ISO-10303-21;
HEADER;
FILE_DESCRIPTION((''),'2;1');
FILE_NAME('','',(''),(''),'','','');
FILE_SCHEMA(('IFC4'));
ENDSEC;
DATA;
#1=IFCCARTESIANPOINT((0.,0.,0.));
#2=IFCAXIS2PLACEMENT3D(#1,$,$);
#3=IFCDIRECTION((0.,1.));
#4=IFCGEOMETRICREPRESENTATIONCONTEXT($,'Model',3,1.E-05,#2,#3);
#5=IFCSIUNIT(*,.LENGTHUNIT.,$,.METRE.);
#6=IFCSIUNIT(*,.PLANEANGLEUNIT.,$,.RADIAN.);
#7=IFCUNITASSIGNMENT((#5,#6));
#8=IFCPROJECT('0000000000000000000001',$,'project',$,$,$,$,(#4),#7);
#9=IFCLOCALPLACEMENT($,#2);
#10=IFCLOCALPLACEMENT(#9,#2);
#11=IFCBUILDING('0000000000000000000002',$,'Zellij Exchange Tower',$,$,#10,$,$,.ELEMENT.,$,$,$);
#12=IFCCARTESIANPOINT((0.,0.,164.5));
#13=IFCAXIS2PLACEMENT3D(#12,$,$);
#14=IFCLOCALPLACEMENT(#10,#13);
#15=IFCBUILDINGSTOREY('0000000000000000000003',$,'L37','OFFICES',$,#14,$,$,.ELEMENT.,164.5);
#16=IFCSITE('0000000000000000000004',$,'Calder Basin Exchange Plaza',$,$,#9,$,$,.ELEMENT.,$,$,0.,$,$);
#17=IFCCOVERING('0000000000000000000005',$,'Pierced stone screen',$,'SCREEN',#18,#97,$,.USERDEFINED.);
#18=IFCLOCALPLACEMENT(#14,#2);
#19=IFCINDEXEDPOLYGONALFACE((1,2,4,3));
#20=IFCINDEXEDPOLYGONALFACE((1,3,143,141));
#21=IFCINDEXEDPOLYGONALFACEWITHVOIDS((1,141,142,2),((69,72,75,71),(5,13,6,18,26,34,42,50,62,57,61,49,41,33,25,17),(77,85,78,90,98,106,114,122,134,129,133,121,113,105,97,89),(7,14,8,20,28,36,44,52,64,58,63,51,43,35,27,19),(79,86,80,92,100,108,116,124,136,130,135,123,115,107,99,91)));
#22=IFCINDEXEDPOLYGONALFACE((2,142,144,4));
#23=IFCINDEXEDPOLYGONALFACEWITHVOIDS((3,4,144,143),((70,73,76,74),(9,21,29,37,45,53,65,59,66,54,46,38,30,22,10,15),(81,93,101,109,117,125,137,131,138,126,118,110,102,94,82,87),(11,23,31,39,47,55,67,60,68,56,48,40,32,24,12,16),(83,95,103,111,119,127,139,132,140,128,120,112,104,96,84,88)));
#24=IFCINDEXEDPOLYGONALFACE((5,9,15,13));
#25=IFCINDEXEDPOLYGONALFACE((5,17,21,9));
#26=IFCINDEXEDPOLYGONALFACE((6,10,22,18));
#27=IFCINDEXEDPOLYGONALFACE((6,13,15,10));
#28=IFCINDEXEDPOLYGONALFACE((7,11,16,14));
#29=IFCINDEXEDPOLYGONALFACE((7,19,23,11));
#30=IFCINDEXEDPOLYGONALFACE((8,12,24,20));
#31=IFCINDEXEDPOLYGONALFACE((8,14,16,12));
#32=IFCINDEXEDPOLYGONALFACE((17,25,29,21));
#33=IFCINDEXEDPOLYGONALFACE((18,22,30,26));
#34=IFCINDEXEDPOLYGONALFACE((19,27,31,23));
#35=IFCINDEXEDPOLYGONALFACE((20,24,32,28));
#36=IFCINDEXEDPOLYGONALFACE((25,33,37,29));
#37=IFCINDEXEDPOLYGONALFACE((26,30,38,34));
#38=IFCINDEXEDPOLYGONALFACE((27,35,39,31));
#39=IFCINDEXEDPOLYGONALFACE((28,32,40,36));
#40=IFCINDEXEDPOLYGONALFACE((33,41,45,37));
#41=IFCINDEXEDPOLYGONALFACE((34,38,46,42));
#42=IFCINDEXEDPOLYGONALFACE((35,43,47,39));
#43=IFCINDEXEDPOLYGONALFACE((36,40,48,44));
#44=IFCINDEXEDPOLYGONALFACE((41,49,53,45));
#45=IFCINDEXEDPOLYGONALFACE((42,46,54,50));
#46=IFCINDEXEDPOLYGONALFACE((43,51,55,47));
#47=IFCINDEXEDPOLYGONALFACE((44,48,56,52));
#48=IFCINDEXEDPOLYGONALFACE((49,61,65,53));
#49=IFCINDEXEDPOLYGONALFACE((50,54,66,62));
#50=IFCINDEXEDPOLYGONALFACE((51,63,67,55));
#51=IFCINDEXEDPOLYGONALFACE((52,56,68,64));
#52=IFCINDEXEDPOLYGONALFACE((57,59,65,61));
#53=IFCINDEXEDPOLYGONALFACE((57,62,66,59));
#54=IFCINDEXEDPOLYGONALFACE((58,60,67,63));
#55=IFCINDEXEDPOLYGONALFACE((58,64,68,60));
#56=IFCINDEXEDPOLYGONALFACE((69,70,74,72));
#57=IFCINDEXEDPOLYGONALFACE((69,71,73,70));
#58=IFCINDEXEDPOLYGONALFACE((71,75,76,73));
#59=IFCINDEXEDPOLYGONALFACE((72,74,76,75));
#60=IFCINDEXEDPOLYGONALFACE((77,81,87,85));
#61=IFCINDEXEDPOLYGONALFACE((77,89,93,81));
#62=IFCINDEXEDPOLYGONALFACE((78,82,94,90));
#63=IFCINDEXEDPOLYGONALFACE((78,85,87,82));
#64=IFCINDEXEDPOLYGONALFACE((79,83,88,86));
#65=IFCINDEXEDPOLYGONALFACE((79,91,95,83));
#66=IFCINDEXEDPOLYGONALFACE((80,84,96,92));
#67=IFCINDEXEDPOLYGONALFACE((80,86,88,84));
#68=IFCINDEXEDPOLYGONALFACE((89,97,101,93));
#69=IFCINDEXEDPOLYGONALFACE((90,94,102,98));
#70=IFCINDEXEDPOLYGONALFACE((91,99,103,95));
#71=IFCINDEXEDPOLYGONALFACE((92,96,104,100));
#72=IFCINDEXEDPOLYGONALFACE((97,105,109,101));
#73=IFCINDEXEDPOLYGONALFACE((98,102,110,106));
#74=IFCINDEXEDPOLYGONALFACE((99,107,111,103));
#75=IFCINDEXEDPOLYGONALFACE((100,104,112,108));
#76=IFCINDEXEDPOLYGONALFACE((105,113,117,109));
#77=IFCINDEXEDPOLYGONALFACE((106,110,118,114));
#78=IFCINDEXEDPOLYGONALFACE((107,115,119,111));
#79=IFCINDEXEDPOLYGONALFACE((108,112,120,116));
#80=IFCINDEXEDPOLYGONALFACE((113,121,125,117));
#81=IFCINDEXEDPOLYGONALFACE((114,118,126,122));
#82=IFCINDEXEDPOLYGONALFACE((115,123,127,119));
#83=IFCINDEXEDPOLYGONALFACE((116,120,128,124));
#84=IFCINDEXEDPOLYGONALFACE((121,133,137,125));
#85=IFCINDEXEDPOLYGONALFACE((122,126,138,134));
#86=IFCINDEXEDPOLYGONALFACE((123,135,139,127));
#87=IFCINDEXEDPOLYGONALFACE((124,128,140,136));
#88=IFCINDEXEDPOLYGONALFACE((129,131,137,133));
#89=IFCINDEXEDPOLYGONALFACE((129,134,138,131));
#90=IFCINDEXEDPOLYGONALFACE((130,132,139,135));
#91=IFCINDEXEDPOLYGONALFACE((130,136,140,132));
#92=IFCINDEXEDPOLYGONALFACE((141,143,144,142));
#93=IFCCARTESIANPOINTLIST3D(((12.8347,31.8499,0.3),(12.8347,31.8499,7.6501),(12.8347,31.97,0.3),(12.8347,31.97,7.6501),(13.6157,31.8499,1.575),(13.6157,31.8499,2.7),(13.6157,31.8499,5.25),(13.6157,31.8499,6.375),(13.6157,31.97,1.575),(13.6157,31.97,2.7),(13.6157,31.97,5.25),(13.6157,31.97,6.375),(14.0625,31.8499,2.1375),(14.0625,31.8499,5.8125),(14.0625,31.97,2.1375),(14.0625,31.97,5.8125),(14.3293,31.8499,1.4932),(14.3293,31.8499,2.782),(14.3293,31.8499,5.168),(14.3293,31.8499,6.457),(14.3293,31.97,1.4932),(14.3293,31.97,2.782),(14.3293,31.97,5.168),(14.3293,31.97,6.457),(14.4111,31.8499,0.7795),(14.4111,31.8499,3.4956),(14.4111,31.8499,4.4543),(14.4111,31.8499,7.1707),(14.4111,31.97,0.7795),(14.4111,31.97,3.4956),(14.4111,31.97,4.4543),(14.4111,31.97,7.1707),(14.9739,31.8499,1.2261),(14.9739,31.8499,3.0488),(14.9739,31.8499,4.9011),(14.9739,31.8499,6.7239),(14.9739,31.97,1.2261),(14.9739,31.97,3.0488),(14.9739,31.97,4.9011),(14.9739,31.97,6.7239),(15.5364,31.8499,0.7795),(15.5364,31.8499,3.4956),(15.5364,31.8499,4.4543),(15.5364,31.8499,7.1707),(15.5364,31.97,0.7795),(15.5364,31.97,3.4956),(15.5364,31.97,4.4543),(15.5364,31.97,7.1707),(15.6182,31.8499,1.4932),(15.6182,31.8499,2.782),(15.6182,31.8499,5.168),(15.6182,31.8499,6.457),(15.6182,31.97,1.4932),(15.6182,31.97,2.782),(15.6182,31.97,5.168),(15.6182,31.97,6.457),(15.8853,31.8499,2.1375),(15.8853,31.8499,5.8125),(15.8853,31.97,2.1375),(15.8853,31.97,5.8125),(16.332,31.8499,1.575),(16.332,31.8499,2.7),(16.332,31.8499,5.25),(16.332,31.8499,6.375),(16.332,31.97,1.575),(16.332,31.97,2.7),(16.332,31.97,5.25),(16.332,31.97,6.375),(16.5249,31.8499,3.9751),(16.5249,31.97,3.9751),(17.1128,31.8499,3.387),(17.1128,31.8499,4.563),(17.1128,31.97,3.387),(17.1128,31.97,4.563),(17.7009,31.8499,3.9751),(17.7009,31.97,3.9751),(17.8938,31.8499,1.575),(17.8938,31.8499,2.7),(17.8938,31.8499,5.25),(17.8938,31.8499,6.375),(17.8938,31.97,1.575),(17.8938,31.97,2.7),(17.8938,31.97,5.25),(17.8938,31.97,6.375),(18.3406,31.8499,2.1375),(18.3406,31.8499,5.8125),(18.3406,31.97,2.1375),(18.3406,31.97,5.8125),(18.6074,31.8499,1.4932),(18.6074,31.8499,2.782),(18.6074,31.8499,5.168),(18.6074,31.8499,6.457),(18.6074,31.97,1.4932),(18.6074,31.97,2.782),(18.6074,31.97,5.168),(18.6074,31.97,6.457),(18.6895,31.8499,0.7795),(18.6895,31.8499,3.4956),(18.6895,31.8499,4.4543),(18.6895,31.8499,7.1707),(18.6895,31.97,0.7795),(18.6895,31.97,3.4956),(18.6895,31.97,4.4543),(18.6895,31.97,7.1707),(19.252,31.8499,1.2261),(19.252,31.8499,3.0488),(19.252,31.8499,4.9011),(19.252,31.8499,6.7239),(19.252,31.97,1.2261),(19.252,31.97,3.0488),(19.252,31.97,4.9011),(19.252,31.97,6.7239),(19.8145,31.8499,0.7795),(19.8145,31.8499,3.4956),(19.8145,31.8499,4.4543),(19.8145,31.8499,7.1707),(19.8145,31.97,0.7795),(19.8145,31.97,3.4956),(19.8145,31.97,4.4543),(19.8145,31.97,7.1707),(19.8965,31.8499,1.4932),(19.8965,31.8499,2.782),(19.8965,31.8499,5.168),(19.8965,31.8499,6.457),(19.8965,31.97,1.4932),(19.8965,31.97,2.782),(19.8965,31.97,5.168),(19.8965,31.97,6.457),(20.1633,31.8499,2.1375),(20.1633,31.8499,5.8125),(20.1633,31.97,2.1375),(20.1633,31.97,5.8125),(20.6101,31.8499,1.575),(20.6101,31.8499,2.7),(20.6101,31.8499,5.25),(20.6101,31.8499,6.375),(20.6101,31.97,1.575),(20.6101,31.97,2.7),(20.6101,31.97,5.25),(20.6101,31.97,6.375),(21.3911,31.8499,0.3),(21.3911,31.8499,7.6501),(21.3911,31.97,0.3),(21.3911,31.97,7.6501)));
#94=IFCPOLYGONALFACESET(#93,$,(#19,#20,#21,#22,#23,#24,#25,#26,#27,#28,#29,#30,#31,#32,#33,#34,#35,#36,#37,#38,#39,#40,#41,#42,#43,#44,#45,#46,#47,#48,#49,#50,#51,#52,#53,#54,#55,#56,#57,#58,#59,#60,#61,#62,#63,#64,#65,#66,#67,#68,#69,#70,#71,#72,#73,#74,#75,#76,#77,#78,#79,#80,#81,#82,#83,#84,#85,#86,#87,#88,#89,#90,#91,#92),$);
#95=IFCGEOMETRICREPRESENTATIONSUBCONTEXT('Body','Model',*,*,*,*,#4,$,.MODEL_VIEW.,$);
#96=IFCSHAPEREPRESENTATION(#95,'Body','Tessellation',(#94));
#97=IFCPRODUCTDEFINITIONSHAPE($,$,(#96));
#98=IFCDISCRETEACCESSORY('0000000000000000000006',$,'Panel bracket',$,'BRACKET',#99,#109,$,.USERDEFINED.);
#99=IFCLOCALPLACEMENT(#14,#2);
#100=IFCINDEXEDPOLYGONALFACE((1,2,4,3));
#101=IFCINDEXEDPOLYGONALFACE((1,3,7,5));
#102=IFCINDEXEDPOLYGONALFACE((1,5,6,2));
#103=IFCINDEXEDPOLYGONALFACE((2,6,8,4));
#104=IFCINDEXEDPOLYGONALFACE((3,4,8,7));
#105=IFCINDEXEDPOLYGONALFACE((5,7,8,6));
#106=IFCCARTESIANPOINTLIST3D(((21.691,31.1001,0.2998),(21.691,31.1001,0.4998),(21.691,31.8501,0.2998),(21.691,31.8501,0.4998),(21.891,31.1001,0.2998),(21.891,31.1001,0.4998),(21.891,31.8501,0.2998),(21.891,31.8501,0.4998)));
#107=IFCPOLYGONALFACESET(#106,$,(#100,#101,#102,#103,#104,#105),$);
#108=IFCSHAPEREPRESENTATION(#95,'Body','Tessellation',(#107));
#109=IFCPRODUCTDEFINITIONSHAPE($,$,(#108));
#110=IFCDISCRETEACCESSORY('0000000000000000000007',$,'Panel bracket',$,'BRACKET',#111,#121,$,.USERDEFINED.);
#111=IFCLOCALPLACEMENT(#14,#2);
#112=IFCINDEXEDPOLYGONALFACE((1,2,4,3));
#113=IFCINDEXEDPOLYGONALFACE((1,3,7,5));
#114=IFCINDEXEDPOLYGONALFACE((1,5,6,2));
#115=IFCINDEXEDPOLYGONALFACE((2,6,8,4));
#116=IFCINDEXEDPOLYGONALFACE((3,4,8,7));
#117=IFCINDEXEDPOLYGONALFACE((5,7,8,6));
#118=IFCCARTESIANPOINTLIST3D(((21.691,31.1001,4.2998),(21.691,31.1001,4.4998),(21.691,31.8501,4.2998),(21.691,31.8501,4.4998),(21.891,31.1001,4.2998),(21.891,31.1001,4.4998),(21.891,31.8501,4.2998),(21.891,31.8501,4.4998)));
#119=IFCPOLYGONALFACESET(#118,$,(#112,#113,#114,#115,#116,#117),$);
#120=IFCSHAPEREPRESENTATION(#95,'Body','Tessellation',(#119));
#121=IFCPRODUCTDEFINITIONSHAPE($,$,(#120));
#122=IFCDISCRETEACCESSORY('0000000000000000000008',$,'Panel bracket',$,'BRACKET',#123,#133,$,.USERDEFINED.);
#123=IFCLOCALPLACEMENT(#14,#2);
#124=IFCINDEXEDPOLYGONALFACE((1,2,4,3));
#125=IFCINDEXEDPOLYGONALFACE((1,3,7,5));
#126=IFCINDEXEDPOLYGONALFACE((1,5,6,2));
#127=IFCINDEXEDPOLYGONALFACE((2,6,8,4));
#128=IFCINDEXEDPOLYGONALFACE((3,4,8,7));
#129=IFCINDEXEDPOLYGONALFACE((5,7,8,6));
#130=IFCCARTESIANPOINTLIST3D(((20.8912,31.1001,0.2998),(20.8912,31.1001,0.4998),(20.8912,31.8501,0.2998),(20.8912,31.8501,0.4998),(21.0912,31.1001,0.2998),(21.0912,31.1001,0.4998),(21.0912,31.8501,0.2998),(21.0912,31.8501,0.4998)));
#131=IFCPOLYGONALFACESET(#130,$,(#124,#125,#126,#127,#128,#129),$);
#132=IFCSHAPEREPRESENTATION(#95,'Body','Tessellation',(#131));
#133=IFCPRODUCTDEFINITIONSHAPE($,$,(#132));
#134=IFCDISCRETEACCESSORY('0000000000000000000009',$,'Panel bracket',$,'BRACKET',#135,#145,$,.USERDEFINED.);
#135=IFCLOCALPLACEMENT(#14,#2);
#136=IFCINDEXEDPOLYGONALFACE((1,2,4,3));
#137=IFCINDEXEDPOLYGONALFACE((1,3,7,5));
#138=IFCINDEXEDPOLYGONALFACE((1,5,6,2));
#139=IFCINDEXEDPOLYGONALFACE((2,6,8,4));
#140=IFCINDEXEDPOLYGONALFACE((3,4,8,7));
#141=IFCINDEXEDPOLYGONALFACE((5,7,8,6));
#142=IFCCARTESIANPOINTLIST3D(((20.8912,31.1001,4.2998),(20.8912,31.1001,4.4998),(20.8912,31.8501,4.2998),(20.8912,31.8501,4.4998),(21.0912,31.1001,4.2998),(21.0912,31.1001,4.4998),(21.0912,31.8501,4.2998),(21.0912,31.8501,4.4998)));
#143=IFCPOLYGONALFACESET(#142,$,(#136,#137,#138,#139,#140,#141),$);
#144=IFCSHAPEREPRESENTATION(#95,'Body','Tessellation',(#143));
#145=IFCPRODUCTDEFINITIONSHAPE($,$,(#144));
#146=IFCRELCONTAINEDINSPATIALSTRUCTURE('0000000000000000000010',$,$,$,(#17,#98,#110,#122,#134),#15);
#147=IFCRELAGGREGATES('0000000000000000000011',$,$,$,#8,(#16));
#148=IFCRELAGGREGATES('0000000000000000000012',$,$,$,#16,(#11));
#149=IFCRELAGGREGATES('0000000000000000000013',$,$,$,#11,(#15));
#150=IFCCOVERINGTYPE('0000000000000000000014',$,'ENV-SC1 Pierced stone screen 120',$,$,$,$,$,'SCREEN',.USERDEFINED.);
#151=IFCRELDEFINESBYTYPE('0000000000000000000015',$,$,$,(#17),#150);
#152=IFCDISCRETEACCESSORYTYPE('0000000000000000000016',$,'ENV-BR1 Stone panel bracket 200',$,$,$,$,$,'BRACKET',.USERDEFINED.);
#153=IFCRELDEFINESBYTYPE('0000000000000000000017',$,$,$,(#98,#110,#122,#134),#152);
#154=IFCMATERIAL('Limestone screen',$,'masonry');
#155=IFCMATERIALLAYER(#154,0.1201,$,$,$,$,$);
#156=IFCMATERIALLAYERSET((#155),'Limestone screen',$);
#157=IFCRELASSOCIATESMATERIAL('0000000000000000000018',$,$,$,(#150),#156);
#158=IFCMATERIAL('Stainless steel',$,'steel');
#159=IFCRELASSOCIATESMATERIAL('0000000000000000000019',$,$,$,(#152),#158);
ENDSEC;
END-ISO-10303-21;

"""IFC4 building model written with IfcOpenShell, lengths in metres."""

from ifc_helpers import new_model, si_unit, direction, frame, origin, origin_2d, place, context, subcontext, project, spatial, polyline, rectangle, outline, extrude, material, layer, layer_set, type_object, element, save


model = new_model("IFC4")

# Units and contexts
model_context = context("Model", 3, precision=1e-05, world=origin(), true_north=direction((0.0, 1.0)))
body_context = subcontext(model_context, "Body", "Model", "MODEL_VIEW")
ifc_project = project(units=[si_unit("LENGTHUNIT", "METRE"), si_unit("PLANEANGLEUNIT", "RADIAN")], contexts=[model_context])

# Site, building, storey
site_placement = place(None, origin())
site = spatial("IfcSite", under=ifc_project, at=site_placement, Name="Calder Basin Exchange Plaza", CompositionType="ELEMENT", RefElevation=0.0)
building_placement = place(site_placement, origin())
building = spatial("IfcBuilding", under=site, at=building_placement, Name="Zellij Exchange Tower", CompositionType="ELEMENT")
storey_placement = place(building_placement, frame((0.0, 0.0, 164.5)))
storey = spatial("IfcBuildingStorey", under=building, at=storey_placement, Name="L37", Description="OFFICES", CompositionType="ELEMENT", Elevation=164.5)

# Covering
ifc_material_1 = material(Name="Limestone screen", Category="masonry")
ifc_layer_1 = layer(ifc_material_1, 0.1201)
ifc_layer_set_1 = layer_set([ifc_layer_1], Name="Limestone screen")
covering_type = type_object("IfcCoveringType", Name="ENV-SC1 Pierced stone screen 120", ElementType="SCREEN", PredefinedType="USERDEFINED", material=ifc_layer_set_1)
covering_placement = place(storey_placement, frame((21.3911, 31.9099, 0.3), z_axis=(0.0, 0.0, 1.0), x_axis=(-1.0, 0.0, 0.0)))
element("IfcCovering", 1, at=covering_placement, inside=storey, type_object=covering_type, Name="Pierced stone screen", ObjectType="SCREEN", PredefinedType="USERDEFINED", context=body_context, shape_type="SweptSolid", body=[
    extrude(outline(polyline([(0.0, 0.0), (8.5564, 0.0), (8.5564, 7.3501), (0.0, 7.3501), (0.0, 0.0)]), holes=[polyline([(3.4973, 2.3999), (2.7837, 2.4819), (2.7017, 3.1956), (2.1392, 2.7488), (1.5767, 3.1956), (1.4946, 2.4819), (0.781, 2.3999), (1.2278, 1.8374), (0.781, 1.2749), (1.4946, 1.1931), (1.5767, 0.4795), (2.1392, 0.926), (2.7017, 0.4795), (2.7837, 1.1931), (3.4973, 1.2749), (3.0505, 1.8374), (3.4973, 2.3999)]), polyline([(3.4973, 6.075), (2.7837, 6.157), (2.7017, 6.8706), (2.1392, 6.4238), (1.5767, 6.8706), (1.4946, 6.157), (0.781, 6.075), (1.2278, 5.5125), (0.781, 4.95), (1.4946, 4.8679), (1.5767, 4.1543), (2.1392, 4.6011), (2.7017, 4.1543), (2.7837, 4.8679), (3.4973, 4.95), (3.0505, 5.5125), (3.4973, 6.075)]), polyline([(7.7754, 2.3999), (7.0618, 2.4819), (6.98, 3.1956), (6.4172, 2.7488), (5.8547, 3.1956), (5.7729, 2.4819), (5.0591, 2.3999), (5.5059, 1.8374), (5.0591, 1.2749), (5.7729, 1.1931), (5.8547, 0.4795), (6.4172, 0.926), (6.98, 0.4795), (7.0618, 1.1931), (7.7754, 1.2749), (7.3286, 1.8374), (7.7754, 2.3999)]), polyline([(7.7754, 6.075), (7.0618, 6.157), (6.98, 6.8706), (6.4172, 6.4238), (5.8547, 6.8706), (5.7729, 6.157), (5.0591, 6.075), (5.5059, 5.5125), (5.0591, 4.95), (5.7729, 4.8679), (5.8547, 4.1543), (6.4172, 4.6011), (6.98, 4.1543), (7.0618, 4.8679), (7.7754, 4.95), (7.3286, 5.5125), (7.7754, 6.075)]), polyline([(4.8662, 3.675), (4.2783, 4.2629), (3.6902, 3.675), (4.2783, 3.0869), (4.8662, 3.675)])]), frame((0.0, 0.0601, 0.0), z_axis=(0.0, -1.0, 0.0), x_axis=(1.0, 0.0, 0.0)), (0.0, 0.0, 1.0), 0.1201),
])

# Discrete accessories
ifc_material_2 = material(Name="Stainless steel", Category="steel")
discrete_accessory_type = type_object("IfcDiscreteAccessoryType", Name="ENV-BR1 Stone panel bracket 200", ElementType="BRACKET", PredefinedType="USERDEFINED", material=ifc_material_2)
for number, where, z_axis, x_axis, name in (
    (2, (21.791, 31.4751, 0.2998), (0.0, 0.0, 1.0), (-1.0, 0.0, 0.0), "Panel bracket"),
    (3, (21.791, 31.4751, 4.2998), (0.0, 0.0, 1.0), (-1.0, 0.0, 0.0), "Panel bracket"),
    (4, (20.9912, 31.4751, 0.2998), (0.0, 0.0, 1.0), (-1.0, 0.0, 0.0), "Panel bracket"),
    (5, (20.9912, 31.4751, 4.2998), (0.0, 0.0, 1.0), (-1.0, 0.0, 0.0), "Panel bracket"),
):
    element("IfcDiscreteAccessory", number, at=place(storey_placement, frame(where, z_axis=z_axis, x_axis=x_axis)), inside=storey, type_object=discrete_accessory_type, Name=name, ObjectType="BRACKET", PredefinedType="USERDEFINED", context=body_context, shape_type="SweptSolid", body=[
        extrude(rectangle(XDim=0.2, YDim=0.75, at=origin_2d()), origin(), (0.0, 0.0, 1.0), 0.2),
    ])

save(model, "model.ifc")
